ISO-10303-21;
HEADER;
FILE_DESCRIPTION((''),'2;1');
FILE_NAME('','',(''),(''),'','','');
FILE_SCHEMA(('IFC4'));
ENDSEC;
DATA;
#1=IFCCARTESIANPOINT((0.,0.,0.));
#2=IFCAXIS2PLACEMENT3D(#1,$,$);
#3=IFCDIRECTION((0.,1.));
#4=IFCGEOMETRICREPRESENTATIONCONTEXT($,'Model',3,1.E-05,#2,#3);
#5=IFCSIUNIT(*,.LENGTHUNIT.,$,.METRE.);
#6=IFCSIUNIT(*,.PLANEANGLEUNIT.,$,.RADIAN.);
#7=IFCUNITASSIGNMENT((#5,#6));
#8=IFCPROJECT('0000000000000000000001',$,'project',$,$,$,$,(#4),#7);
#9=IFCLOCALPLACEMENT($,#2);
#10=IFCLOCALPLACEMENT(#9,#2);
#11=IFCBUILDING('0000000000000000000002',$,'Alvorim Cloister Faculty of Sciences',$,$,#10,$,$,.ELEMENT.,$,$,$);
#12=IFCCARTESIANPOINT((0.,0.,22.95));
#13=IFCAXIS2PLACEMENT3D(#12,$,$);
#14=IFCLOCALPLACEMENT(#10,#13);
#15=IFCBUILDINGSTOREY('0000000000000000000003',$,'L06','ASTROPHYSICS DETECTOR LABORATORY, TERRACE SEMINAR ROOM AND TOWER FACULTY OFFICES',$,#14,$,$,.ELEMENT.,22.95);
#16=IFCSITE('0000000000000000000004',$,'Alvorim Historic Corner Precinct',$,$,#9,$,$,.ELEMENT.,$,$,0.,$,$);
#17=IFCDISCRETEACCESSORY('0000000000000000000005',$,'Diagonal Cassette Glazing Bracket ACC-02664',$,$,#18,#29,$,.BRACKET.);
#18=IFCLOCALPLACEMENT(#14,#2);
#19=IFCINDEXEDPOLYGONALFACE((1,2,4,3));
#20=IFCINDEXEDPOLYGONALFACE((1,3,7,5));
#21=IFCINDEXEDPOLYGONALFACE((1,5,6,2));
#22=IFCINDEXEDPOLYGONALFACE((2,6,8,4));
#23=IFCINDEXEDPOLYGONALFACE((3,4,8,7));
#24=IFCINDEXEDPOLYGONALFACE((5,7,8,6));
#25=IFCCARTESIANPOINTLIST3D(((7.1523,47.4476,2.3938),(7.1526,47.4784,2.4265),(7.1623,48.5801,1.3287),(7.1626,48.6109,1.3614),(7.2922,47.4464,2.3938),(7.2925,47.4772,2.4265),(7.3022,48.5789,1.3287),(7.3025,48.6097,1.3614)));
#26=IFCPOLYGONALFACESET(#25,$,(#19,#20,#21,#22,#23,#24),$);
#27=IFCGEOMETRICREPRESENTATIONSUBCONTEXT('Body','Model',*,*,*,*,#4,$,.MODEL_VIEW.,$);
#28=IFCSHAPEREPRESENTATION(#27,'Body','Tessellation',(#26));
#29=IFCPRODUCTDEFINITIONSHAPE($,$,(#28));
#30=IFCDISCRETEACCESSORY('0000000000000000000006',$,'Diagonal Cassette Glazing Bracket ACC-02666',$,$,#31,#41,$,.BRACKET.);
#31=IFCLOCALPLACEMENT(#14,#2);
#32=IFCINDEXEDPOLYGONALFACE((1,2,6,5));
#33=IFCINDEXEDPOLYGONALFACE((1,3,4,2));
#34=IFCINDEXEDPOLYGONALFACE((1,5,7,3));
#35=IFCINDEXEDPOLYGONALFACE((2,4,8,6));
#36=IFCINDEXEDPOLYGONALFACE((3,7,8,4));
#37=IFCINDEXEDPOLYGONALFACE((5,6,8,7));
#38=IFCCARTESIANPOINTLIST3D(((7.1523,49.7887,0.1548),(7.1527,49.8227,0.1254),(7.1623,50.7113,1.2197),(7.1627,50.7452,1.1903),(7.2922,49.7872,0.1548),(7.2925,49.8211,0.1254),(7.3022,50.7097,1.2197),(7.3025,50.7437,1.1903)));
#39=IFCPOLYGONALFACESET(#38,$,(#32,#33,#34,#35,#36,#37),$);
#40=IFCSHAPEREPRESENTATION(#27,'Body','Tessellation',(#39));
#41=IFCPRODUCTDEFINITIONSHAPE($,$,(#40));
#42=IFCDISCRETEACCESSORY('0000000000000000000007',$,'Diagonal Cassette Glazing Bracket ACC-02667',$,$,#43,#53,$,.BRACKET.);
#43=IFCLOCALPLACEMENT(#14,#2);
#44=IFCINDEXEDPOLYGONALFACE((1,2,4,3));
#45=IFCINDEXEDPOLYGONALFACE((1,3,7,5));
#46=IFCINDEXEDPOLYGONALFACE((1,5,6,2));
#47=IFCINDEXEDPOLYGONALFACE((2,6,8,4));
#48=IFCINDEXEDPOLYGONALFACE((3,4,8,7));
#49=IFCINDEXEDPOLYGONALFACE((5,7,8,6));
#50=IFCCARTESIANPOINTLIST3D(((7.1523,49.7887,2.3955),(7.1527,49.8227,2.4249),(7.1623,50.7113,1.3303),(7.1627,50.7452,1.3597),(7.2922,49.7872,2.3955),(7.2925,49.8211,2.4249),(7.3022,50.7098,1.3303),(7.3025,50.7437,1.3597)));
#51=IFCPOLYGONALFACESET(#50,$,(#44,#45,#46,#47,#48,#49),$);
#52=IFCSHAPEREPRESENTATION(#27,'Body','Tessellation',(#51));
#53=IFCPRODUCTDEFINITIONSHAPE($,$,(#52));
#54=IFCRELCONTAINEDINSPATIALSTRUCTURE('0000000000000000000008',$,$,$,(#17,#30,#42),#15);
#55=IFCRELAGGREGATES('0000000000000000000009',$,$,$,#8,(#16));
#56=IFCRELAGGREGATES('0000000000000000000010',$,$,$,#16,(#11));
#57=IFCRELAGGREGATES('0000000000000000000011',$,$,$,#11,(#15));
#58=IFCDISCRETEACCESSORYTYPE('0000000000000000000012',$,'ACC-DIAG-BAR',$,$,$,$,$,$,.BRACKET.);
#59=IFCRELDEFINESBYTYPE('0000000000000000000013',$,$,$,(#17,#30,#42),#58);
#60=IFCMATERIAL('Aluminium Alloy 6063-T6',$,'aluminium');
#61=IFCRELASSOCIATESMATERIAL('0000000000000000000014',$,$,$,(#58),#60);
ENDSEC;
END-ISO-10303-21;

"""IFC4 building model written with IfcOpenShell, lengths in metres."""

from ifc_helpers import new_model, si_unit, direction, frame, origin, origin_2d, place, context, subcontext, project, spatial, rectangle, extrude, material, type_object, element, save


model = new_model("IFC4")

# Units and contexts
model_context = context("Model", 3, precision=1e-05, world=origin(), true_north=direction((0.0, 1.0)))
body_context = subcontext(model_context, "Body", "Model", "MODEL_VIEW")
ifc_project = project(units=[si_unit("LENGTHUNIT", "METRE"), si_unit("PLANEANGLEUNIT", "RADIAN")], contexts=[model_context])

# Site, building, storey
site_placement = place(None, origin())
site = spatial("IfcSite", under=ifc_project, at=site_placement, Name="Alvorim Historic Corner Precinct", CompositionType="ELEMENT", RefElevation=0.0)
building_placement = place(site_placement, origin())
building = spatial("IfcBuilding", under=site, at=building_placement, Name="Alvorim Cloister Faculty of Sciences", CompositionType="ELEMENT")
storey_placement = place(building_placement, frame((0.0, 0.0, 22.95)))
storey = spatial("IfcBuildingStorey", under=building, at=storey_placement, Name="L06", Description="ASTROPHYSICS DETECTOR LABORATORY, TERRACE SEMINAR ROOM AND TOWER FACULTY OFFICES", CompositionType="ELEMENT", Elevation=22.95)

# Shared definitions
ifc_material_1 = material(Name="Aluminium Alloy 6063-T6", Category="aluminium")

# Discrete accessories
discrete_accessory_type = type_object("IfcDiscreteAccessoryType", Name="ACC-DIAG-BAR", PredefinedType="BRACKET", material=ifc_material_1)
for number, where, z_axis, x_axis, name in (
    (1, (7.2224, 47.4624, 2.4102), (0.006438, 0.728429, -0.685091), (-0.999961, 0.008838, 0.0), "Diagonal Cassette Glazing Bracket ACC-02664"),
):
    element("IfcDiscreteAccessory", number, at=place(storey_placement, frame(where, z_axis=z_axis, x_axis=x_axis)), inside=storey, type_object=discrete_accessory_type, Name=name, PredefinedType="BRACKET", context=body_context, shape_type="SweptSolid", body=[
        extrude(rectangle(XDim=0.1399, YDim=0.0449, at=origin_2d()), origin(), (0.0, 0.0, 1.0), 1.5547),
    ])
discrete_accessory_1_placement = place(storey_placement, frame((7.2224, 49.8049, 0.1401), z_axis=(0.007104, 0.654775, 0.75579), x_axis=(-0.999941, 0.010849, 0.0)))
element("IfcDiscreteAccessory", 2, at=discrete_accessory_1_placement, inside=storey, type_object=discrete_accessory_type, Name="Diagonal Cassette Glazing Bracket ACC-02666", PredefinedType="BRACKET", context=body_context, shape_type="SweptSolid", body=[
    extrude(rectangle(XDim=0.1399, YDim=0.0449, at=origin_2d()), origin(), (0.0, 0.0, 1.0), 1.4089),
])
discrete_accessory_2_placement = place(storey_placement, frame((7.2224, 49.8049, 2.4102), z_axis=(0.007103, 0.65469, -0.755864), x_axis=(-0.999941, 0.010849, 0.0)))
element("IfcDiscreteAccessory", 3, at=discrete_accessory_2_placement, inside=storey, type_object=discrete_accessory_type, Name="Diagonal Cassette Glazing Bracket ACC-02667", PredefinedType="BRACKET", context=body_context, shape_type="SweptSolid", body=[
    extrude(rectangle(XDim=0.1399, YDim=0.0449, at=origin_2d()), origin(), (0.0, 0.0, 1.0), 1.4092),
])

save(model, "model.ifc")
